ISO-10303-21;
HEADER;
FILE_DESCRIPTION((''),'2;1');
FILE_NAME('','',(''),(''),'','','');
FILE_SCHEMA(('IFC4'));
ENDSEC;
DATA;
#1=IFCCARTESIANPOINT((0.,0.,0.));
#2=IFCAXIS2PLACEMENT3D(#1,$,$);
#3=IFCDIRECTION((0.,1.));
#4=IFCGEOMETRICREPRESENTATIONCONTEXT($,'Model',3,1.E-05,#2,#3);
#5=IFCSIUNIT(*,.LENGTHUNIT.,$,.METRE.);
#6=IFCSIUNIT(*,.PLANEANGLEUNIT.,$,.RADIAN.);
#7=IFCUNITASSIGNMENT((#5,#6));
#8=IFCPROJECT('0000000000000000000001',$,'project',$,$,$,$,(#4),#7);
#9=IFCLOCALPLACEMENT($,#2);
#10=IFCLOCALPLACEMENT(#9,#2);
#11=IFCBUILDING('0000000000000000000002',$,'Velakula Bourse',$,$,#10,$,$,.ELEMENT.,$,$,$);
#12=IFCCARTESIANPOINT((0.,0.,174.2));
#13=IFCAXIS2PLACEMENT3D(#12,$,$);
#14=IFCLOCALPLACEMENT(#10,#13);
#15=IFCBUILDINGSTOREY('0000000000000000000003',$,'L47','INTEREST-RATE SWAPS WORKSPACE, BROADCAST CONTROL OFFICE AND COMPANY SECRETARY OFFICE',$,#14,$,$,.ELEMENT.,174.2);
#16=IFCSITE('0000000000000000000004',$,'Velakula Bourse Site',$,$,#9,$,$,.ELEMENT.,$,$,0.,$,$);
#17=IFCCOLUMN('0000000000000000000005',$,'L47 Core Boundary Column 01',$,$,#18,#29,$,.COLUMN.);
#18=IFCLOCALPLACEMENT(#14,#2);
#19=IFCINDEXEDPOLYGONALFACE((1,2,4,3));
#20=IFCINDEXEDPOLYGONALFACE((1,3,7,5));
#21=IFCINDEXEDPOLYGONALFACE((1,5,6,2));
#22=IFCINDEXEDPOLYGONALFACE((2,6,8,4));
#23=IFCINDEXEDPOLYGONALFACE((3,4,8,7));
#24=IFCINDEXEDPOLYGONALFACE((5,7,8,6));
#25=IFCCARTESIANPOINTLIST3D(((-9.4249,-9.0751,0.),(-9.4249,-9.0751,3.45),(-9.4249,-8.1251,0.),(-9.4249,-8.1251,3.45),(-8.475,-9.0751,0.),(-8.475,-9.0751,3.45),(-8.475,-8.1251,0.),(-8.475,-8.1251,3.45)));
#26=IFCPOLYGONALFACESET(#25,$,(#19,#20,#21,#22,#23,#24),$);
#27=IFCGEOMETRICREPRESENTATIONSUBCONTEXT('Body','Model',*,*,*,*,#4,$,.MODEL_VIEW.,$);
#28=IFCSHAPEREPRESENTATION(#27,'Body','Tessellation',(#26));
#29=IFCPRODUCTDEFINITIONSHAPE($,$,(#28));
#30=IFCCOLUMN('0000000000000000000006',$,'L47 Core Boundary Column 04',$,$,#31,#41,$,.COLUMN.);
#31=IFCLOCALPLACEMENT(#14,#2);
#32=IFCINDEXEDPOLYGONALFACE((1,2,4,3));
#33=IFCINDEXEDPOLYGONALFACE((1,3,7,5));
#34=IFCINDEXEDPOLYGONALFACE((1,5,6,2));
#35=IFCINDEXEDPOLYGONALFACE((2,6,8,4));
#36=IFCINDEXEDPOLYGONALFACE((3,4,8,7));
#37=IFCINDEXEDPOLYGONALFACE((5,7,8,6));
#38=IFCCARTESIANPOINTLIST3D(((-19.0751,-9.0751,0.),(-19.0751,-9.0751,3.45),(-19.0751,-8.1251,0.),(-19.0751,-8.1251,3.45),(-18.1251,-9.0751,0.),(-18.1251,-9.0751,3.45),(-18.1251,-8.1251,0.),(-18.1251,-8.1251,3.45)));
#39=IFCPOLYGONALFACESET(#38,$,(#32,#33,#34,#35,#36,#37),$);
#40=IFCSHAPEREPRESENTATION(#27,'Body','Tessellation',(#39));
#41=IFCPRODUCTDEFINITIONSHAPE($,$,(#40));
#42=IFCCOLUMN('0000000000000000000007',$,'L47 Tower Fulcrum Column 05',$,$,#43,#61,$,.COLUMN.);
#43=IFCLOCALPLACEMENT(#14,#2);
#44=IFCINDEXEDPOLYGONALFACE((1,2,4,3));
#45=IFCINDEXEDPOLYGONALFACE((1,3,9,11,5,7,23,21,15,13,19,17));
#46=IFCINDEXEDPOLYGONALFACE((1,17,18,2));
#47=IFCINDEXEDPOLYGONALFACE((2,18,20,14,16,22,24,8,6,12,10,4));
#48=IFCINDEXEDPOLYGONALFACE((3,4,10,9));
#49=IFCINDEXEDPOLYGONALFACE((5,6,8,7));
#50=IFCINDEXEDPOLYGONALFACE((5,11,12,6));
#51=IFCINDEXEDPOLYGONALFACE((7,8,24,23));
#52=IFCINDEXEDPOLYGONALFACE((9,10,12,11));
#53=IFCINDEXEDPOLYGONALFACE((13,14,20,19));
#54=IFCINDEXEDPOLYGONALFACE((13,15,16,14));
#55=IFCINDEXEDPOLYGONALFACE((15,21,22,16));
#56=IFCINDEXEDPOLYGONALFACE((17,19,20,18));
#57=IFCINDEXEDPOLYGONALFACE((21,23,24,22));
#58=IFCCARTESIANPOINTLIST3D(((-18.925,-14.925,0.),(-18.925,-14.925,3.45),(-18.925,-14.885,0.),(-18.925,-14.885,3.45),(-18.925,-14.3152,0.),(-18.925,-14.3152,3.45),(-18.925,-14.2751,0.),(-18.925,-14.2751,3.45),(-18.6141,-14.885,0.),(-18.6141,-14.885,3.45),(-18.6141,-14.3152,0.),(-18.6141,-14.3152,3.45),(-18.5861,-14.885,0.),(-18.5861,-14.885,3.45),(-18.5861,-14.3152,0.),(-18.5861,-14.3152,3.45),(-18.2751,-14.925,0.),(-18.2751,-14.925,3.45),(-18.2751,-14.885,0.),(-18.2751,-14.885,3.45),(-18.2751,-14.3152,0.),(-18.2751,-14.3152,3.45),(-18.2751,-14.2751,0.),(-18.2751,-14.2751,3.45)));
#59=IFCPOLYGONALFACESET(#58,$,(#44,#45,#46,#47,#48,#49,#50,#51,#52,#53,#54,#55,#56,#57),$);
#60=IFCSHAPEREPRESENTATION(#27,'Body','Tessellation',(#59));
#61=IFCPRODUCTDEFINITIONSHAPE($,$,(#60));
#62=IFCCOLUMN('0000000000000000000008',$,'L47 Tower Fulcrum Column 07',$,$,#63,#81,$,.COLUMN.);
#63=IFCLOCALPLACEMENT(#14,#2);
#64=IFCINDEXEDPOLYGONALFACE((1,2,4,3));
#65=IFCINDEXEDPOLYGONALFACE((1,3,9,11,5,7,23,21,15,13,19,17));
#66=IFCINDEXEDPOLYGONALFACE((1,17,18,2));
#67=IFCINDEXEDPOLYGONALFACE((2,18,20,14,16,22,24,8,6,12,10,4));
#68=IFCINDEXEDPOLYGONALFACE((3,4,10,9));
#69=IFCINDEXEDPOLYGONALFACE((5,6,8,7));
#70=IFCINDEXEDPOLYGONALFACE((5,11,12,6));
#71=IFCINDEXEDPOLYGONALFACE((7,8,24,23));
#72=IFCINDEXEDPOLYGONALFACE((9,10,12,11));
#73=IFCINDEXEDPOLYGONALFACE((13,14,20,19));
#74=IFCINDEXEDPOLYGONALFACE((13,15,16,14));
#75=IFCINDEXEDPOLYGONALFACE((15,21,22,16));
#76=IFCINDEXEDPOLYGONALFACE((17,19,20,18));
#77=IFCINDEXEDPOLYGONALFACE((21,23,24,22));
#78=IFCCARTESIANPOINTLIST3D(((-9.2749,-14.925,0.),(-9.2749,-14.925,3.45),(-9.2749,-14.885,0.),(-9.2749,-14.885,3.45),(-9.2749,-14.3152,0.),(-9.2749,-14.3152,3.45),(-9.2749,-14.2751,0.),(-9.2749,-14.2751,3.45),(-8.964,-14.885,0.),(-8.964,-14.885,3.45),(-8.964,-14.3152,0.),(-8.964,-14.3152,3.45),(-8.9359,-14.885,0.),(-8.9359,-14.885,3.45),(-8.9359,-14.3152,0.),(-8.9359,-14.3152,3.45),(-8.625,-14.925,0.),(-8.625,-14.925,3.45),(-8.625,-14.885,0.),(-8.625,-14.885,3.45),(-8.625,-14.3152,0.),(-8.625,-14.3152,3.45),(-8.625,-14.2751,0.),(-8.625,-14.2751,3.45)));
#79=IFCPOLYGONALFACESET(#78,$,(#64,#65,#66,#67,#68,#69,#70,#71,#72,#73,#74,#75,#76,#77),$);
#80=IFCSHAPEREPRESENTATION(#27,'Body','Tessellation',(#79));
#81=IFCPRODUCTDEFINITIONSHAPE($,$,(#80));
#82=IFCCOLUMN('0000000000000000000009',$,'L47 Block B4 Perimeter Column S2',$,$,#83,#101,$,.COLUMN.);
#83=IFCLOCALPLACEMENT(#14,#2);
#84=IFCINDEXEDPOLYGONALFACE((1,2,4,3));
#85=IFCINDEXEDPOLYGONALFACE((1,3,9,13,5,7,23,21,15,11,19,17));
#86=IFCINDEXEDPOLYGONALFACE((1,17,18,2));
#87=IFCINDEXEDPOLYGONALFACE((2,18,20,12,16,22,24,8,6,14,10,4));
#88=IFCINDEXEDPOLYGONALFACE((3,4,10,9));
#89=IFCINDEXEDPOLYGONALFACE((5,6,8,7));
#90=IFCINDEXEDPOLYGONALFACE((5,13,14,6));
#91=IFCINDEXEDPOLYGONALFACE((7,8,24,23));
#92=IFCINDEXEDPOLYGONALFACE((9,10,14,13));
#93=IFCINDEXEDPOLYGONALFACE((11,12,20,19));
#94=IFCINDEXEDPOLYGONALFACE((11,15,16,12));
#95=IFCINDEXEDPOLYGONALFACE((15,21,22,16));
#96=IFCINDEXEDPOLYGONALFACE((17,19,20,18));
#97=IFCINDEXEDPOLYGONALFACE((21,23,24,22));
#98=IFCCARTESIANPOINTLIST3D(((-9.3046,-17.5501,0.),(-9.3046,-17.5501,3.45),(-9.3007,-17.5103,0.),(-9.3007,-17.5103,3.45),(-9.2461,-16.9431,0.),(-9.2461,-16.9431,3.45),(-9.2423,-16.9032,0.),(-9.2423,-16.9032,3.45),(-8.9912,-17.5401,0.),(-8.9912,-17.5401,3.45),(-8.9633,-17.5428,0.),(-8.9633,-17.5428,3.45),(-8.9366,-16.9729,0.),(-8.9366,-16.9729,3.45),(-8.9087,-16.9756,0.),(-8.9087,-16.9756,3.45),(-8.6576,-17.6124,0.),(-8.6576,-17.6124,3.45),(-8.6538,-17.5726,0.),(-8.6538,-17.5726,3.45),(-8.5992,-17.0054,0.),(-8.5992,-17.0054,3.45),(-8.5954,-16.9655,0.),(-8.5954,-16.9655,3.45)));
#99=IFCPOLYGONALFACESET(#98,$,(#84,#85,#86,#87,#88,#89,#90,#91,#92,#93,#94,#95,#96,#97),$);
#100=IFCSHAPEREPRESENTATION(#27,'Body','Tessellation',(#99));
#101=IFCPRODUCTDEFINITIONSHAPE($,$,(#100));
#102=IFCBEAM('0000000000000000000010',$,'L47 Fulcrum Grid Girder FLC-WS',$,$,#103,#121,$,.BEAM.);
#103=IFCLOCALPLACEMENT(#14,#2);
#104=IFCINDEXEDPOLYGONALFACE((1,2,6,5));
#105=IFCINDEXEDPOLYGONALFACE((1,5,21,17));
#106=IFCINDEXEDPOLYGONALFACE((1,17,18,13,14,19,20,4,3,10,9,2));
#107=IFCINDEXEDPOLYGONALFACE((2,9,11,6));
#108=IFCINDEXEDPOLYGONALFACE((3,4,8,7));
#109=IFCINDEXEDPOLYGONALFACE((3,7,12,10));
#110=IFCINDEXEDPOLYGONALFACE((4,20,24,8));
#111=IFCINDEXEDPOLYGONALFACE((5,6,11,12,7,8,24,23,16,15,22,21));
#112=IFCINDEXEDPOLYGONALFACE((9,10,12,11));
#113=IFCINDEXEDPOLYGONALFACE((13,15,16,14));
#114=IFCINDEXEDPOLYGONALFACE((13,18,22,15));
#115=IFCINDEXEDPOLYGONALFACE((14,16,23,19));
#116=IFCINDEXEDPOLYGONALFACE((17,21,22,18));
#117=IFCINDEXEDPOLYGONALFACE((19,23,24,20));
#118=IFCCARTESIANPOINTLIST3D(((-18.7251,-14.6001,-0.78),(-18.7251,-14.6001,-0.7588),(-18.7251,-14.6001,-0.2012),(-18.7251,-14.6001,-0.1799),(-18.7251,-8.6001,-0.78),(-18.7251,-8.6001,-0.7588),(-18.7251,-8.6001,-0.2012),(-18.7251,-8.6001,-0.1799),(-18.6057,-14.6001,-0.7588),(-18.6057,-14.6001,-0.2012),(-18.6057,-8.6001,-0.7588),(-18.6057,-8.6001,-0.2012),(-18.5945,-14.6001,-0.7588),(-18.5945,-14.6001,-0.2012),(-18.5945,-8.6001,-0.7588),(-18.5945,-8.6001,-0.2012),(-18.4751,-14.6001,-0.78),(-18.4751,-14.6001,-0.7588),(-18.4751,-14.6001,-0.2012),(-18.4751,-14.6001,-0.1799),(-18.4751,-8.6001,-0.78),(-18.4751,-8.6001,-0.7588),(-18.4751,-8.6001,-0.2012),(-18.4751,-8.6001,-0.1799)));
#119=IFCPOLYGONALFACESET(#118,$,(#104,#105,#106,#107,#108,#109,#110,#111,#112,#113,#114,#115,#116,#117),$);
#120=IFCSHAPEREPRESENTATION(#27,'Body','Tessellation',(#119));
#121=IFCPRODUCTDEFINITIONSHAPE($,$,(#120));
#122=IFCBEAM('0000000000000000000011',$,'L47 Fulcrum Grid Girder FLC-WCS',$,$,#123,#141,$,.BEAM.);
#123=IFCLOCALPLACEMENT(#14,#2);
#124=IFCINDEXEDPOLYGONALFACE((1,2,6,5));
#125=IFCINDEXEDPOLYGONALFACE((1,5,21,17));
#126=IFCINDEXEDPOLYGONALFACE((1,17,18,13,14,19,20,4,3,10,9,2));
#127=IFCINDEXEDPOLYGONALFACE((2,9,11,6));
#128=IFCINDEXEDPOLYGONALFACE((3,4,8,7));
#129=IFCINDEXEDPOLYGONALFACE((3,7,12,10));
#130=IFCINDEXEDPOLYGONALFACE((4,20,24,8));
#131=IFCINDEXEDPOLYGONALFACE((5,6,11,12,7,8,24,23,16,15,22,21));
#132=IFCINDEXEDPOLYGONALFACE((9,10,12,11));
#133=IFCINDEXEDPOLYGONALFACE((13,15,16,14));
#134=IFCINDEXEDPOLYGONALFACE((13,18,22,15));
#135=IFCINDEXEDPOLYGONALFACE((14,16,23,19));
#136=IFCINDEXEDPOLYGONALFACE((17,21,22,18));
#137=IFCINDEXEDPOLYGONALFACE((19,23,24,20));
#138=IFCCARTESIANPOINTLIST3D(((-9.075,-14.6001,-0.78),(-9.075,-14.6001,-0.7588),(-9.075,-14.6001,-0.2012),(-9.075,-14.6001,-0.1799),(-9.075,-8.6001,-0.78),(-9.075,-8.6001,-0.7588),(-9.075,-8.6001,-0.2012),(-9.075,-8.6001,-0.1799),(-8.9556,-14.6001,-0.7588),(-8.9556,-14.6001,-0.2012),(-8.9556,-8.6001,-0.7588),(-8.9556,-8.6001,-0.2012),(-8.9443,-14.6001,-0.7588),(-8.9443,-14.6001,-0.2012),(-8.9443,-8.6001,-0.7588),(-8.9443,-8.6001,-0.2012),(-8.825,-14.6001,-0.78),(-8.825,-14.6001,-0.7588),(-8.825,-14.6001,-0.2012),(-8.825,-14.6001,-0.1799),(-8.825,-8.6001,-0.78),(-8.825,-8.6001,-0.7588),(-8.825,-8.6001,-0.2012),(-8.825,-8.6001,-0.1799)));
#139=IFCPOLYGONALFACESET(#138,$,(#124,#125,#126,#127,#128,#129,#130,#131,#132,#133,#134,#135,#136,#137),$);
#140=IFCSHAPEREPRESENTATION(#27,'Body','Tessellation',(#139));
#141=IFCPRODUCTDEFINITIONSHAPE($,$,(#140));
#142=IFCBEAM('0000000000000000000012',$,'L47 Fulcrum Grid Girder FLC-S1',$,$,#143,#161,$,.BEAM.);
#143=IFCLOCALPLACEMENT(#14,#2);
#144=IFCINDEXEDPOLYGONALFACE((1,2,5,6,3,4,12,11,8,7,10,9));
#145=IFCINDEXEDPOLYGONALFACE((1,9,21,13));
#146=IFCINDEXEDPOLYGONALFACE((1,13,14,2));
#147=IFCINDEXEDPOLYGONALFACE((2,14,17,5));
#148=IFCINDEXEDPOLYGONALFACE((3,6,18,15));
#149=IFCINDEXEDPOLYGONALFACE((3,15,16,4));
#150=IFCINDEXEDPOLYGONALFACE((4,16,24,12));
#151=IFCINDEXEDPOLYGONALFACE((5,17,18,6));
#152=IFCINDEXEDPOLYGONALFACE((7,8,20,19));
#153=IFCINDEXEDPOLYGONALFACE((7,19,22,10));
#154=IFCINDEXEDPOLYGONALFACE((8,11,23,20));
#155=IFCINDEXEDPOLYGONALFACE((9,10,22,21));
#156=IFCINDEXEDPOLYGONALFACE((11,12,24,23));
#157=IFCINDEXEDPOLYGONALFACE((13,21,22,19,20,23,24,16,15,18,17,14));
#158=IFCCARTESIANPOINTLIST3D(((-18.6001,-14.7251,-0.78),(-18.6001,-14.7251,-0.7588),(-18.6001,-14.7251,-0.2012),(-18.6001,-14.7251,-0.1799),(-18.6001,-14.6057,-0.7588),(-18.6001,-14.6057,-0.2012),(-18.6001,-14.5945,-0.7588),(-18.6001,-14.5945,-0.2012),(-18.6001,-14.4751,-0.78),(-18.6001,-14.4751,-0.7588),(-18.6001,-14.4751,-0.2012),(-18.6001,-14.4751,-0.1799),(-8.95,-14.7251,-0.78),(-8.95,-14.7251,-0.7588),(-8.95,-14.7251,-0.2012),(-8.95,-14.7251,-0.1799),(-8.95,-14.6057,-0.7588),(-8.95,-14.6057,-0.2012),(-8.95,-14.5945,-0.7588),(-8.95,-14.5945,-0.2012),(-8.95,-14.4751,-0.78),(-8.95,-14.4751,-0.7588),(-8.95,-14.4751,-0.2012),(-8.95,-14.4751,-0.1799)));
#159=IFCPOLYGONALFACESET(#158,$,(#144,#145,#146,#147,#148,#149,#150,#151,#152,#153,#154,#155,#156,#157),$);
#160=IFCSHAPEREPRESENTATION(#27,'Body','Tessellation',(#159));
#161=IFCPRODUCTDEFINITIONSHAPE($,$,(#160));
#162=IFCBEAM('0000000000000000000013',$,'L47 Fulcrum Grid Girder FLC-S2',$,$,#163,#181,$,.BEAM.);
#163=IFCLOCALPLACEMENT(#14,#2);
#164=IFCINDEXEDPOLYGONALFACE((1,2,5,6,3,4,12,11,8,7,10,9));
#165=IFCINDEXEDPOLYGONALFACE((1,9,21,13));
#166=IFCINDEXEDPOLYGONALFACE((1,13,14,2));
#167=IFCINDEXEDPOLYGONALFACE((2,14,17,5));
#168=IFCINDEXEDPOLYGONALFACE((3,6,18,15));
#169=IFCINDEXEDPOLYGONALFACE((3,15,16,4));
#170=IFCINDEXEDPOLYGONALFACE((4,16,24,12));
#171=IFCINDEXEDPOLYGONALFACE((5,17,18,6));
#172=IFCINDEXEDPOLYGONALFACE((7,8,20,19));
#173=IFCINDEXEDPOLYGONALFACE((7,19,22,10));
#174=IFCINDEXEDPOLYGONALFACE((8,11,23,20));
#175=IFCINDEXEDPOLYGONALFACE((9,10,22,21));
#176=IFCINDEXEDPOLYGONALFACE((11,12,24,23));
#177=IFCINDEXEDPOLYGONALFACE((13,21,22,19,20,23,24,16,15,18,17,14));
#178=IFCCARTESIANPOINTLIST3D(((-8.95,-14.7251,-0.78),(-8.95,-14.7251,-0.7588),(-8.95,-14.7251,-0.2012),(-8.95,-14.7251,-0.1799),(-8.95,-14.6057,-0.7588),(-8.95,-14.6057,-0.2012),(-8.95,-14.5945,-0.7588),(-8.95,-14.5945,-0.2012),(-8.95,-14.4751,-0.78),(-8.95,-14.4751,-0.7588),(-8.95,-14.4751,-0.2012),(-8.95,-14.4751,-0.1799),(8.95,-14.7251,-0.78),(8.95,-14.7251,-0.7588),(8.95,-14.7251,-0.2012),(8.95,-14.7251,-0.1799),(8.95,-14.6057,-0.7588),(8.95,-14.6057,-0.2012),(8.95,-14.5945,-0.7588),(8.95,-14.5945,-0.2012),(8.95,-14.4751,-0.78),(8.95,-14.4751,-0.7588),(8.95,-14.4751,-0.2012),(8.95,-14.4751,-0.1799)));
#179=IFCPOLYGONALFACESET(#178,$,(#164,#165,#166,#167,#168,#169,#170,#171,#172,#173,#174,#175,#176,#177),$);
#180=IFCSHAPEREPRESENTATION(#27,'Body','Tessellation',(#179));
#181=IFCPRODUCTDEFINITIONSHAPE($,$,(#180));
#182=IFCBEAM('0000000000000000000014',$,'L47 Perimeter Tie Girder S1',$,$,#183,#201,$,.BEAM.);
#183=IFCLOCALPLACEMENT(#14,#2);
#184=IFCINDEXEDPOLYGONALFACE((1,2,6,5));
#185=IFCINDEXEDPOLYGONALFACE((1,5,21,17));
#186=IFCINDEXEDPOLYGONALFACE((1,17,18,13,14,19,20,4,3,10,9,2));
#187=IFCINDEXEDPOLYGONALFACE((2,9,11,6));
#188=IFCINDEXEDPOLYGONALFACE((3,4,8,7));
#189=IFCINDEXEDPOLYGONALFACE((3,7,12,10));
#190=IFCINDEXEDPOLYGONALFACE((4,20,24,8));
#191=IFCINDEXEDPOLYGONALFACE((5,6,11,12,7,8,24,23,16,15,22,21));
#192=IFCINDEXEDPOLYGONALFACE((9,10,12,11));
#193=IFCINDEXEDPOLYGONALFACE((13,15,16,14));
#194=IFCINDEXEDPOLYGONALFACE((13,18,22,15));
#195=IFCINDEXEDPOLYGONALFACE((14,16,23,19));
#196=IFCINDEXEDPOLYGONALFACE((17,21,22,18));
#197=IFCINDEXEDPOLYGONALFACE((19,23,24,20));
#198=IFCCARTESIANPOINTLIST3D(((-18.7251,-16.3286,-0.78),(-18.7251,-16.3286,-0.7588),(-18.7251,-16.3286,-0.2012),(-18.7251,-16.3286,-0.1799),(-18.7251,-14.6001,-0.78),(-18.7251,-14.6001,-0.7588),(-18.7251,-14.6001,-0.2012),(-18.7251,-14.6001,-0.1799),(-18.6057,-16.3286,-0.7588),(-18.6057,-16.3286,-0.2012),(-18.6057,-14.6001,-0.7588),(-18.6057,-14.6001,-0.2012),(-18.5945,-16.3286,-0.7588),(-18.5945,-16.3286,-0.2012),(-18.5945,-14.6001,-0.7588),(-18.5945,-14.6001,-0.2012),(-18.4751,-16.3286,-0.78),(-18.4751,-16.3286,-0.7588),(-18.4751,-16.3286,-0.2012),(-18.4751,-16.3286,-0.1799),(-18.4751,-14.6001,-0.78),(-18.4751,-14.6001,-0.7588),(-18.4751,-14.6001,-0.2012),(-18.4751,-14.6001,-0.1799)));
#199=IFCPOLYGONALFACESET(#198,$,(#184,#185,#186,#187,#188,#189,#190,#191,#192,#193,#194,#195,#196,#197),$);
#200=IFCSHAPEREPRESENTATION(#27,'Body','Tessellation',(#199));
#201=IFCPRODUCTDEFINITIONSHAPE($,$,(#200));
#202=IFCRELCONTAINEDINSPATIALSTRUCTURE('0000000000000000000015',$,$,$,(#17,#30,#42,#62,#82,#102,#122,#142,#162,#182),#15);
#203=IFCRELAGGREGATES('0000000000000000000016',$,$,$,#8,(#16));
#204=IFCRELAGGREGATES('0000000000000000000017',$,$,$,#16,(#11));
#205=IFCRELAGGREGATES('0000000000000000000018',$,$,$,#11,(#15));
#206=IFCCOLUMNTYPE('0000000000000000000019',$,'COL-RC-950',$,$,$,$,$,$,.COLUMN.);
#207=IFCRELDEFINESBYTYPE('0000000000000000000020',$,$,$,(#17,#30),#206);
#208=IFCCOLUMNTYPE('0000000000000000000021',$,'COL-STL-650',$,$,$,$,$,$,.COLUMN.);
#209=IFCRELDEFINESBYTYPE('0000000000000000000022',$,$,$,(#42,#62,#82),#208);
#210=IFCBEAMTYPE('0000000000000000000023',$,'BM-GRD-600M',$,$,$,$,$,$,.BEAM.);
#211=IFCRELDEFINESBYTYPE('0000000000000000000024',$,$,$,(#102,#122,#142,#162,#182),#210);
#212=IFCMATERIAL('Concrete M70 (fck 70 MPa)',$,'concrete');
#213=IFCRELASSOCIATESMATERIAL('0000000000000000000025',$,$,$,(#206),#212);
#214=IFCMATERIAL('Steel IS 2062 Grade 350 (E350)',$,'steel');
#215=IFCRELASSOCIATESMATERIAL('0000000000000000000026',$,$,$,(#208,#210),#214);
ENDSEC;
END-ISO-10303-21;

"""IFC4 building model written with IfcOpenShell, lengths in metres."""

from ifc_helpers import new_model, si_unit, direction, frame, origin, origin_2d, place, context, subcontext, project, spatial, rectangle, i_section, extrude, material, material_profile, profile_set, type_object, element, save


model = new_model("IFC4")

# Units and contexts
model_context = context("Model", 3, precision=1e-05, world=origin(), true_north=direction((0.0, 1.0)))
body_context = subcontext(model_context, "Body", "Model", "MODEL_VIEW")
ifc_project = project(units=[si_unit("LENGTHUNIT", "METRE"), si_unit("PLANEANGLEUNIT", "RADIAN")], contexts=[model_context])

# Site, building, storey
site_placement = place(None, origin())
site = spatial("IfcSite", under=ifc_project, at=site_placement, Name="Velakula Bourse Site", CompositionType="ELEMENT", RefElevation=0.0)
building_placement = place(site_placement, origin())
building = spatial("IfcBuilding", under=site, at=building_placement, Name="Velakula Bourse", CompositionType="ELEMENT")
storey_placement = place(building_placement, frame((0.0, 0.0, 174.2)))
storey = spatial("IfcBuildingStorey", under=building, at=storey_placement, Name="L47", Description="INTEREST-RATE SWAPS WORKSPACE, BROADCAST CONTROL OFFICE AND COMPANY SECRETARY OFFICE", CompositionType="ELEMENT", Elevation=174.2)

# Columns
ifc_material_1 = material(Name="Concrete M70 (fck 70 MPa)", Category="concrete")
ifc_material_profile_1 = material_profile(ifc_material_1, rectangle(XDim=0.95, YDim=0.95, at=origin_2d()), Name="Concrete M70 (fck 70 MPa)")
ifc_profile_set_1 = profile_set([ifc_material_profile_1], Name="Concrete M70 (fck 70 MPa)")
column_type_1 = type_object("IfcColumnType", Name="COL-RC-950", PredefinedType="COLUMN", material=ifc_profile_set_1)
for number, where, z_axis, x_axis, name in (
    (1, (-8.95, -8.6001, 0.0), (0.0, 0.0, 1.0), (1.0, 0.0, 0.0), "L47 Core Boundary Column 01"),
    (2, (-18.6001, -8.6001, 0.0), (0.0, 0.0, 1.0), (1.0, 0.0, 0.0), "L47 Core Boundary Column 04"),
):
    element("IfcColumn", number, at=place(storey_placement, frame(where, z_axis=z_axis, x_axis=x_axis)), inside=storey, type_object=column_type_1, Name=name, PredefinedType="COLUMN", context=body_context, shape_type="SweptSolid", body=[
        extrude(rectangle(XDim=0.95, YDim=0.95, at=origin_2d()), origin(), (0.0, 0.0, 1.0), 3.45),
    ])
ifc_material_2 = material(Name="Steel IS 2062 Grade 350 (E350)", Category="steel")
ifc_material_profile_2 = material_profile(ifc_material_2, i_section(OverallWidth=0.6499, OverallDepth=0.6499, WebThickness=0.0281, FlangeThickness=0.04, at=origin_2d()), Name="Steel IS 2062 Grade 350 (E350)")
ifc_profile_set_2 = profile_set([ifc_material_profile_2], Name="Steel IS 2062 Grade 350 (E350)")
column_type_2 = type_object("IfcColumnType", Name="COL-STL-650", PredefinedType="COLUMN", material=ifc_profile_set_2)
for number, where, z_axis, x_axis, name in (
    (3, (-18.6001, -14.6001, 0.0), (0.0, 0.0, 1.0), (1.0, 0.0, 0.0), "L47 Tower Fulcrum Column 05"),
    (4, (-8.95, -14.6001, 0.0), (0.0, 0.0, 1.0), (1.0, 0.0, 0.0), "L47 Tower Fulcrum Column 07"),
    (5, (-8.95, -17.2578, 0.0), (0.0, 0.0, 1.0), (0.995396, -0.095846, 0.0), "L47 Block B4 Perimeter Column S2"),
):
    element("IfcColumn", number, at=place(storey_placement, frame(where, z_axis=z_axis, x_axis=x_axis)), inside=storey, type_object=column_type_2, Name=name, PredefinedType="COLUMN", context=body_context, shape_type="SweptSolid", body=[
        extrude(i_section(OverallWidth=0.6499, OverallDepth=0.6499, WebThickness=0.0281, FlangeThickness=0.04, at=origin_2d()), origin(), (0.0, 0.0, 1.0), 3.45),
    ])

# Beams
ifc_material_profile_3 = material_profile(ifc_material_2, i_section(OverallWidth=0.25, OverallDepth=0.6001, WebThickness=0.0112, FlangeThickness=0.0212, at=origin_2d()), Name="Steel IS 2062 Grade 350 (E350)")
ifc_profile_set_3 = profile_set([ifc_material_profile_3], Name="Steel IS 2062 Grade 350 (E350)")
beam_type_1 = type_object("IfcBeamType", Name="BM-GRD-600M", PredefinedType="BEAM", material=ifc_profile_set_3)
for number, where, z_axis, x_axis, name in (
    (6, (-18.6001, -14.6001, -0.48), (0.0, 1.0, 0.0), (-1.0, 0.0, 0.0), "L47 Fulcrum Grid Girder FLC-WS"),
    (7, (-8.95, -14.6001, -0.48), (0.0, 1.0, 0.0), (-1.0, 0.0, 0.0), "L47 Fulcrum Grid Girder FLC-WCS"),
):
    element("IfcBeam", number, at=place(storey_placement, frame(where, z_axis=z_axis, x_axis=x_axis)), inside=storey, type_object=beam_type_1, Name=name, PredefinedType="BEAM", context=body_context, shape_type="SweptSolid", body=[
        extrude(i_section(OverallWidth=0.25, OverallDepth=0.6001, WebThickness=0.0112, FlangeThickness=0.0212, at=origin_2d()), origin(), (0.0, 0.0, 1.0), 6.0),
    ])
beam_1_placement = place(storey_placement, frame((-18.6001, -14.6001, -0.48), z_axis=(1.0, 0.0, 0.0), x_axis=(0.0, 1.0, 0.0)))
element("IfcBeam", 8, at=beam_1_placement, inside=storey, type_object=beam_type_1, Name="L47 Fulcrum Grid Girder FLC-S1", PredefinedType="BEAM", context=body_context, shape_type="SweptSolid", body=[
    extrude(i_section(OverallWidth=0.25, OverallDepth=0.6001, WebThickness=0.0112, FlangeThickness=0.0212, at=origin_2d()), origin(), (0.0, 0.0, 1.0), 9.6501),
])
beam_2_placement = place(storey_placement, frame((-8.95, -14.6001, -0.48), z_axis=(1.0, 0.0, 0.0), x_axis=(0.0, 1.0, 0.0)))
element("IfcBeam", 9, at=beam_2_placement, inside=storey, type_object=beam_type_1, Name="L47 Fulcrum Grid Girder FLC-S2", PredefinedType="BEAM", context=body_context, shape_type="SweptSolid", body=[
    extrude(i_section(OverallWidth=0.25, OverallDepth=0.6001, WebThickness=0.0112, FlangeThickness=0.0212, at=origin_2d()), origin(), (0.0, 0.0, 1.0), 17.8999),
])
beam_3_placement = place(storey_placement, frame((-18.6001, -14.6001, -0.48), z_axis=(0.0, -1.0, 0.0), x_axis=(1.0, 0.0, 0.0)))
element("IfcBeam", 10, at=beam_3_placement, inside=storey, type_object=beam_type_1, Name="L47 Perimeter Tie Girder S1", PredefinedType="BEAM", context=body_context, shape_type="SweptSolid", body=[
    extrude(i_section(OverallWidth=0.25, OverallDepth=0.6001, WebThickness=0.0112, FlangeThickness=0.0212, at=origin_2d()), origin(), (0.0, 0.0, 1.0), 1.7285),
])

save(model, "model.ifc")
